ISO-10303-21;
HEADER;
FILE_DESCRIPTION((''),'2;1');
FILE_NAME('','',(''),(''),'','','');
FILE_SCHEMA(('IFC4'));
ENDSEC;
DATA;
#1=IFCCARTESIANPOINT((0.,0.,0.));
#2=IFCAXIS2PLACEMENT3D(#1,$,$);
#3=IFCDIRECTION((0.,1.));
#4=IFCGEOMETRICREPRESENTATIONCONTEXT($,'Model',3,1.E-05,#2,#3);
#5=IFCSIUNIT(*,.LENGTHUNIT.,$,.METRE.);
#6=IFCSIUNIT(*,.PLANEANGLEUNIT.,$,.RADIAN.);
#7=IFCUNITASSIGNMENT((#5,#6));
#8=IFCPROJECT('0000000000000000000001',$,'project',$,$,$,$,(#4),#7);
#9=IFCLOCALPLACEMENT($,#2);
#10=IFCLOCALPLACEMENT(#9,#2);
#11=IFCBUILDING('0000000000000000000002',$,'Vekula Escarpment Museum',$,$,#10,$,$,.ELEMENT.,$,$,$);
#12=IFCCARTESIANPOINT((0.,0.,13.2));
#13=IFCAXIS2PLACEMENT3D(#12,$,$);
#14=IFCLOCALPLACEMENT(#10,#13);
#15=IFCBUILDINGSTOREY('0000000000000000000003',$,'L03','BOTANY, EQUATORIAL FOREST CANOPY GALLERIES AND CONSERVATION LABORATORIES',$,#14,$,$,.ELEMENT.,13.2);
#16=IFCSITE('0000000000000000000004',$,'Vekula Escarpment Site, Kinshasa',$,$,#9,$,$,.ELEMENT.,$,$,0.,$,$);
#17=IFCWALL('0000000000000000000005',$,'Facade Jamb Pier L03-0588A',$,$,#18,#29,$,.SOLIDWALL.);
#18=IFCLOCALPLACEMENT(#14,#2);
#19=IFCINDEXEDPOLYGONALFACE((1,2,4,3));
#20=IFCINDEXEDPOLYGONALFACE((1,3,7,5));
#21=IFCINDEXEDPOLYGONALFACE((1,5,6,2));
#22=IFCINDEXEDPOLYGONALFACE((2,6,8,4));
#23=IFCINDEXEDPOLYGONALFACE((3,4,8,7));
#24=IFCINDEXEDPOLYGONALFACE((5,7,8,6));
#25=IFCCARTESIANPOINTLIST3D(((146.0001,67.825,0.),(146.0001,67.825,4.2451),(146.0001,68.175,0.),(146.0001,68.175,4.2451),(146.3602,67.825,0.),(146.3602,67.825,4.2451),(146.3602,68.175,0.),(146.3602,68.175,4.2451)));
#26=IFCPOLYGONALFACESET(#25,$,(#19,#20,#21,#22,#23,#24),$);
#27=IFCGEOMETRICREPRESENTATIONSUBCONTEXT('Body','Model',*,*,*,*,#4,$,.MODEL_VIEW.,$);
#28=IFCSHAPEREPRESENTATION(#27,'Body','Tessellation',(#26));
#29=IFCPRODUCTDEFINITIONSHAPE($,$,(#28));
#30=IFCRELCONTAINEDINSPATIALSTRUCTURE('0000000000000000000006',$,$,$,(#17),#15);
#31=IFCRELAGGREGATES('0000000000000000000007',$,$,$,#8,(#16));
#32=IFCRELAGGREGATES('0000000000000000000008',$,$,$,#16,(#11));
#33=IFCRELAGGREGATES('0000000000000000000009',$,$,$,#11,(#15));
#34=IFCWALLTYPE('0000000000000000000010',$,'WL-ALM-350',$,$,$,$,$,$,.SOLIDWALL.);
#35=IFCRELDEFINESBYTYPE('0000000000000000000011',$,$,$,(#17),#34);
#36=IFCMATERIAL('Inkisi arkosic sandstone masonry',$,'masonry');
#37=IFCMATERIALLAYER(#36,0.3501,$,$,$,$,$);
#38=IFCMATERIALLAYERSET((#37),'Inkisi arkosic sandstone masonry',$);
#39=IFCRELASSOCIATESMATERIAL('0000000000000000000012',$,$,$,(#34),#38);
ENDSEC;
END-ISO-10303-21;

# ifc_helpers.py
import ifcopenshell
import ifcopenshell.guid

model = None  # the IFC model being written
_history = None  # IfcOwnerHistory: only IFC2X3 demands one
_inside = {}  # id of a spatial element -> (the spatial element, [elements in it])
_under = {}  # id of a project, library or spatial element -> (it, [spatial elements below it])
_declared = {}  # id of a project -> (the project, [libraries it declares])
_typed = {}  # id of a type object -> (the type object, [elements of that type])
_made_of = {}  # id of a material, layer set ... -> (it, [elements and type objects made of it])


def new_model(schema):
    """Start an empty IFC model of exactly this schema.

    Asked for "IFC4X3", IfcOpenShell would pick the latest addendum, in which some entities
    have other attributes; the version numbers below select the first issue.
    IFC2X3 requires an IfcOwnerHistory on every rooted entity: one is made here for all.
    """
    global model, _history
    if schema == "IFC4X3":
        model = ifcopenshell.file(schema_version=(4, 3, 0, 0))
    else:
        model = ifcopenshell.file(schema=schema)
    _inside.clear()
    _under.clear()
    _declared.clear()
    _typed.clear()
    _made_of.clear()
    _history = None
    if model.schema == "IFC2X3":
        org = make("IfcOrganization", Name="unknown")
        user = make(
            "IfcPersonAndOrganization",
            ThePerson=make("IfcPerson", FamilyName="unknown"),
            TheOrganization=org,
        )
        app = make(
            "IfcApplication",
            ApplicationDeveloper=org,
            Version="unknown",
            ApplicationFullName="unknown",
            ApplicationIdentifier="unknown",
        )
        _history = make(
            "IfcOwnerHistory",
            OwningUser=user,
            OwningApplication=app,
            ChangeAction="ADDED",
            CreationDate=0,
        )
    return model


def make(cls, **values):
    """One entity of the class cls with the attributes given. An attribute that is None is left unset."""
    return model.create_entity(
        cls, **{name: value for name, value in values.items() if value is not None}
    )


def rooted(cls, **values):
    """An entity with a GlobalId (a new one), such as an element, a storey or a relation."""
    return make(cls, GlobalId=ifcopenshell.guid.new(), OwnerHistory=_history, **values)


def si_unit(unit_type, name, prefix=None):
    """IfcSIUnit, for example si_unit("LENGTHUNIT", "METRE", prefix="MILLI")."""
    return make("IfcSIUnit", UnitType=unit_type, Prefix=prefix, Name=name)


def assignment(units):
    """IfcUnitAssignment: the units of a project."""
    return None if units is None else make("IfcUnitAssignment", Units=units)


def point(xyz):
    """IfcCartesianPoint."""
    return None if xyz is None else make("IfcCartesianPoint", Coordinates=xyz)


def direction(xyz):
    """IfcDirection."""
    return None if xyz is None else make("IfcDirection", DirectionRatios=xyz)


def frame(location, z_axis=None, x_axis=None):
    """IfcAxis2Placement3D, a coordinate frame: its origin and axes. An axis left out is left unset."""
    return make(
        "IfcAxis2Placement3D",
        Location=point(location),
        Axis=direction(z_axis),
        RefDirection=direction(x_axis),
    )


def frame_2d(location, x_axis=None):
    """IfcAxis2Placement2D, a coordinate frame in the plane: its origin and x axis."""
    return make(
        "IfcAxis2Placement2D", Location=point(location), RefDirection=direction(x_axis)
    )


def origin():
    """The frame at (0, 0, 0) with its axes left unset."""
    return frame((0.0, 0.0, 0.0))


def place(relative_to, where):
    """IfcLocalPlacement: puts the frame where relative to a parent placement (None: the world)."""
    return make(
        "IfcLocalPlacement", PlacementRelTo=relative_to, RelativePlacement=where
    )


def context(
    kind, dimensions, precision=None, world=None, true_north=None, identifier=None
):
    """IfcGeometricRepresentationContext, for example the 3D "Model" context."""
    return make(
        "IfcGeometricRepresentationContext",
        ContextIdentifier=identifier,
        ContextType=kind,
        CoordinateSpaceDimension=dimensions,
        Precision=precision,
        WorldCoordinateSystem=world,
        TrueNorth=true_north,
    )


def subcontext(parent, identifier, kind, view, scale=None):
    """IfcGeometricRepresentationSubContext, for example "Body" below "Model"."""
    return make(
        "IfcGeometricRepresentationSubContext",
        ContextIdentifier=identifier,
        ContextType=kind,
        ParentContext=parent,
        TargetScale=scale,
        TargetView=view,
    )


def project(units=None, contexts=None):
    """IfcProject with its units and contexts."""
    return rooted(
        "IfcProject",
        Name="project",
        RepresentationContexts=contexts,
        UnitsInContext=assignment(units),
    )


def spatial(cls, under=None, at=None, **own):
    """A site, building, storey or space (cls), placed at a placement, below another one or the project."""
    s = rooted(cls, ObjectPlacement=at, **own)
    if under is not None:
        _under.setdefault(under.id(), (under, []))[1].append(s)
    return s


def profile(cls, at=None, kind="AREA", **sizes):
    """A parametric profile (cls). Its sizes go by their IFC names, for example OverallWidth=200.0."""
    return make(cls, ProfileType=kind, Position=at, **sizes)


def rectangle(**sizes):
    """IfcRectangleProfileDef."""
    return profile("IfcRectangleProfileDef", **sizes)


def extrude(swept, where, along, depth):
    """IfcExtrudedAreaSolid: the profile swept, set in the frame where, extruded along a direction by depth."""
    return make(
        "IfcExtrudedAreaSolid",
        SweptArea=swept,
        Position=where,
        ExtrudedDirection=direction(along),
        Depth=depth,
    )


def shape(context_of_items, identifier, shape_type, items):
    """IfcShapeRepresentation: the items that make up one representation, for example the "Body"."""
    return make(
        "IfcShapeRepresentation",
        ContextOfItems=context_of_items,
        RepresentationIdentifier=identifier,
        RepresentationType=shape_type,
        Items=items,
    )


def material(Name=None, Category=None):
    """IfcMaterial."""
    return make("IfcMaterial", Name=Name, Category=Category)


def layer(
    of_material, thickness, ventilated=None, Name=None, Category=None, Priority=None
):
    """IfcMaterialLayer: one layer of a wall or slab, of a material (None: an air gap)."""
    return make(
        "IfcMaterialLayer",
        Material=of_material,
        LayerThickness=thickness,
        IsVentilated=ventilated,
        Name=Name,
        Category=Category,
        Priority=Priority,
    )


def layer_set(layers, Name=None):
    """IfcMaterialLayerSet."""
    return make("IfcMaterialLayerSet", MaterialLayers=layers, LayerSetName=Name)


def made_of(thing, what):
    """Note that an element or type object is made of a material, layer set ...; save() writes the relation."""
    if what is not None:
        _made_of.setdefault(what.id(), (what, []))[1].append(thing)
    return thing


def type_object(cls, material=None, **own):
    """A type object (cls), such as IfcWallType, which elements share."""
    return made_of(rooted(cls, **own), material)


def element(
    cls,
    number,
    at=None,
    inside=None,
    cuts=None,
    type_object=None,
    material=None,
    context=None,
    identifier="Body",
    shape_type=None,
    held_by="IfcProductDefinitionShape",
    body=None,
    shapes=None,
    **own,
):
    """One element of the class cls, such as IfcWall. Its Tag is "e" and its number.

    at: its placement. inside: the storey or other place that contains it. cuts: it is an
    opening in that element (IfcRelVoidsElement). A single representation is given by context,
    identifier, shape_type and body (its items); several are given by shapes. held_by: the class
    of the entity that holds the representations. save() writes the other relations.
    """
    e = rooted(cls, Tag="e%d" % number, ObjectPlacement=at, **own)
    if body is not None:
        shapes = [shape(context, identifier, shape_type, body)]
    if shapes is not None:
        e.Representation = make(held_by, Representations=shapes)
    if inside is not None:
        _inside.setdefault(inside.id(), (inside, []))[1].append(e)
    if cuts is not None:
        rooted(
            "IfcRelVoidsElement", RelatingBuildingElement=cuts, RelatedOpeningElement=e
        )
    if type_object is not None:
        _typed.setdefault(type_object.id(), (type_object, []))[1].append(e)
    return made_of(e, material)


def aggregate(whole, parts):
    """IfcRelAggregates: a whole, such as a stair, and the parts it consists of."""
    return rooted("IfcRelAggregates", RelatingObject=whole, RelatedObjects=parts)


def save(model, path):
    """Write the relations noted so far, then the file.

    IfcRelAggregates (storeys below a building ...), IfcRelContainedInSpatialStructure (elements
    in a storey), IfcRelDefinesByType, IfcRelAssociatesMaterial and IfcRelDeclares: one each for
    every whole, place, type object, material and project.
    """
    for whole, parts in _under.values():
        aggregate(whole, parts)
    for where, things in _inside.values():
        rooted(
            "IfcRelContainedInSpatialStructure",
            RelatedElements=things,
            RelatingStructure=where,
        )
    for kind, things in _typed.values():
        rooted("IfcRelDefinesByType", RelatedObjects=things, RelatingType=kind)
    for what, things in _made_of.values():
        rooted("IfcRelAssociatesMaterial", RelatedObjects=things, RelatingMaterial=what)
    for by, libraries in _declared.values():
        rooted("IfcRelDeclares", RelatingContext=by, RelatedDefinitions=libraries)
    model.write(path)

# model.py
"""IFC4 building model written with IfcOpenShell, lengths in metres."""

from ifc_helpers import new_model, si_unit, direction, frame, frame_2d, origin, place, context, subcontext, project, spatial, rectangle, extrude, material, layer, layer_set, type_object, element, save


model = new_model("IFC4")

# Units and contexts
model_context = context("Model", 3, precision=1e-05, world=origin(), true_north=direction((0.0, 1.0)))
body_context = subcontext(model_context, "Body", "Model", "MODEL_VIEW")
ifc_project = project(units=[si_unit("LENGTHUNIT", "METRE"), si_unit("PLANEANGLEUNIT", "RADIAN")], contexts=[model_context])

# Site, building, storey
site_placement = place(None, origin())
site = spatial("IfcSite", under=ifc_project, at=site_placement, Name="Vekula Escarpment Site, Kinshasa", CompositionType="ELEMENT", RefElevation=0.0)
building_placement = place(site_placement, origin())
building = spatial("IfcBuilding", under=site, at=building_placement, Name="Vekula Escarpment Museum", CompositionType="ELEMENT")
storey_placement = place(building_placement, frame((0.0, 0.0, 13.2)))
storey = spatial("IfcBuildingStorey", under=building, at=storey_placement, Name="L03", Description="BOTANY, EQUATORIAL FOREST CANOPY GALLERIES AND CONSERVATION LABORATORIES", CompositionType="ELEMENT", Elevation=13.2)

# Wall
ifc_material_1 = material(Name="Inkisi arkosic sandstone masonry", Category="masonry")
ifc_layer_1 = layer(ifc_material_1, 0.3501)
ifc_layer_set_1 = layer_set([ifc_layer_1], Name="Inkisi arkosic sandstone masonry")
wall_type = type_object("IfcWallType", Name="WL-ALM-350", PredefinedType="SOLIDWALL", material=ifc_layer_set_1)
for number, where, z_axis, x_axis, name in (
    (1, (146.0, 68.0, 0.0), (0.0, 0.0, 1.0), (1.0, 0.0, 0.0), "Facade Jamb Pier L03-0588A"),
):
    element("IfcWall", number, at=place(storey_placement, frame(where, z_axis=z_axis, x_axis=x_axis)), inside=storey, type_object=wall_type, Name=name, PredefinedType="SOLIDWALL", context=body_context, shape_type="SweptSolid", body=[
        extrude(rectangle(XDim=0.3601, YDim=0.3501, at=frame_2d((0.1802, 0.0))), origin(), (0.0, 0.0, 1.0), 4.2451),
    ])

save(model, "model.ifc")
